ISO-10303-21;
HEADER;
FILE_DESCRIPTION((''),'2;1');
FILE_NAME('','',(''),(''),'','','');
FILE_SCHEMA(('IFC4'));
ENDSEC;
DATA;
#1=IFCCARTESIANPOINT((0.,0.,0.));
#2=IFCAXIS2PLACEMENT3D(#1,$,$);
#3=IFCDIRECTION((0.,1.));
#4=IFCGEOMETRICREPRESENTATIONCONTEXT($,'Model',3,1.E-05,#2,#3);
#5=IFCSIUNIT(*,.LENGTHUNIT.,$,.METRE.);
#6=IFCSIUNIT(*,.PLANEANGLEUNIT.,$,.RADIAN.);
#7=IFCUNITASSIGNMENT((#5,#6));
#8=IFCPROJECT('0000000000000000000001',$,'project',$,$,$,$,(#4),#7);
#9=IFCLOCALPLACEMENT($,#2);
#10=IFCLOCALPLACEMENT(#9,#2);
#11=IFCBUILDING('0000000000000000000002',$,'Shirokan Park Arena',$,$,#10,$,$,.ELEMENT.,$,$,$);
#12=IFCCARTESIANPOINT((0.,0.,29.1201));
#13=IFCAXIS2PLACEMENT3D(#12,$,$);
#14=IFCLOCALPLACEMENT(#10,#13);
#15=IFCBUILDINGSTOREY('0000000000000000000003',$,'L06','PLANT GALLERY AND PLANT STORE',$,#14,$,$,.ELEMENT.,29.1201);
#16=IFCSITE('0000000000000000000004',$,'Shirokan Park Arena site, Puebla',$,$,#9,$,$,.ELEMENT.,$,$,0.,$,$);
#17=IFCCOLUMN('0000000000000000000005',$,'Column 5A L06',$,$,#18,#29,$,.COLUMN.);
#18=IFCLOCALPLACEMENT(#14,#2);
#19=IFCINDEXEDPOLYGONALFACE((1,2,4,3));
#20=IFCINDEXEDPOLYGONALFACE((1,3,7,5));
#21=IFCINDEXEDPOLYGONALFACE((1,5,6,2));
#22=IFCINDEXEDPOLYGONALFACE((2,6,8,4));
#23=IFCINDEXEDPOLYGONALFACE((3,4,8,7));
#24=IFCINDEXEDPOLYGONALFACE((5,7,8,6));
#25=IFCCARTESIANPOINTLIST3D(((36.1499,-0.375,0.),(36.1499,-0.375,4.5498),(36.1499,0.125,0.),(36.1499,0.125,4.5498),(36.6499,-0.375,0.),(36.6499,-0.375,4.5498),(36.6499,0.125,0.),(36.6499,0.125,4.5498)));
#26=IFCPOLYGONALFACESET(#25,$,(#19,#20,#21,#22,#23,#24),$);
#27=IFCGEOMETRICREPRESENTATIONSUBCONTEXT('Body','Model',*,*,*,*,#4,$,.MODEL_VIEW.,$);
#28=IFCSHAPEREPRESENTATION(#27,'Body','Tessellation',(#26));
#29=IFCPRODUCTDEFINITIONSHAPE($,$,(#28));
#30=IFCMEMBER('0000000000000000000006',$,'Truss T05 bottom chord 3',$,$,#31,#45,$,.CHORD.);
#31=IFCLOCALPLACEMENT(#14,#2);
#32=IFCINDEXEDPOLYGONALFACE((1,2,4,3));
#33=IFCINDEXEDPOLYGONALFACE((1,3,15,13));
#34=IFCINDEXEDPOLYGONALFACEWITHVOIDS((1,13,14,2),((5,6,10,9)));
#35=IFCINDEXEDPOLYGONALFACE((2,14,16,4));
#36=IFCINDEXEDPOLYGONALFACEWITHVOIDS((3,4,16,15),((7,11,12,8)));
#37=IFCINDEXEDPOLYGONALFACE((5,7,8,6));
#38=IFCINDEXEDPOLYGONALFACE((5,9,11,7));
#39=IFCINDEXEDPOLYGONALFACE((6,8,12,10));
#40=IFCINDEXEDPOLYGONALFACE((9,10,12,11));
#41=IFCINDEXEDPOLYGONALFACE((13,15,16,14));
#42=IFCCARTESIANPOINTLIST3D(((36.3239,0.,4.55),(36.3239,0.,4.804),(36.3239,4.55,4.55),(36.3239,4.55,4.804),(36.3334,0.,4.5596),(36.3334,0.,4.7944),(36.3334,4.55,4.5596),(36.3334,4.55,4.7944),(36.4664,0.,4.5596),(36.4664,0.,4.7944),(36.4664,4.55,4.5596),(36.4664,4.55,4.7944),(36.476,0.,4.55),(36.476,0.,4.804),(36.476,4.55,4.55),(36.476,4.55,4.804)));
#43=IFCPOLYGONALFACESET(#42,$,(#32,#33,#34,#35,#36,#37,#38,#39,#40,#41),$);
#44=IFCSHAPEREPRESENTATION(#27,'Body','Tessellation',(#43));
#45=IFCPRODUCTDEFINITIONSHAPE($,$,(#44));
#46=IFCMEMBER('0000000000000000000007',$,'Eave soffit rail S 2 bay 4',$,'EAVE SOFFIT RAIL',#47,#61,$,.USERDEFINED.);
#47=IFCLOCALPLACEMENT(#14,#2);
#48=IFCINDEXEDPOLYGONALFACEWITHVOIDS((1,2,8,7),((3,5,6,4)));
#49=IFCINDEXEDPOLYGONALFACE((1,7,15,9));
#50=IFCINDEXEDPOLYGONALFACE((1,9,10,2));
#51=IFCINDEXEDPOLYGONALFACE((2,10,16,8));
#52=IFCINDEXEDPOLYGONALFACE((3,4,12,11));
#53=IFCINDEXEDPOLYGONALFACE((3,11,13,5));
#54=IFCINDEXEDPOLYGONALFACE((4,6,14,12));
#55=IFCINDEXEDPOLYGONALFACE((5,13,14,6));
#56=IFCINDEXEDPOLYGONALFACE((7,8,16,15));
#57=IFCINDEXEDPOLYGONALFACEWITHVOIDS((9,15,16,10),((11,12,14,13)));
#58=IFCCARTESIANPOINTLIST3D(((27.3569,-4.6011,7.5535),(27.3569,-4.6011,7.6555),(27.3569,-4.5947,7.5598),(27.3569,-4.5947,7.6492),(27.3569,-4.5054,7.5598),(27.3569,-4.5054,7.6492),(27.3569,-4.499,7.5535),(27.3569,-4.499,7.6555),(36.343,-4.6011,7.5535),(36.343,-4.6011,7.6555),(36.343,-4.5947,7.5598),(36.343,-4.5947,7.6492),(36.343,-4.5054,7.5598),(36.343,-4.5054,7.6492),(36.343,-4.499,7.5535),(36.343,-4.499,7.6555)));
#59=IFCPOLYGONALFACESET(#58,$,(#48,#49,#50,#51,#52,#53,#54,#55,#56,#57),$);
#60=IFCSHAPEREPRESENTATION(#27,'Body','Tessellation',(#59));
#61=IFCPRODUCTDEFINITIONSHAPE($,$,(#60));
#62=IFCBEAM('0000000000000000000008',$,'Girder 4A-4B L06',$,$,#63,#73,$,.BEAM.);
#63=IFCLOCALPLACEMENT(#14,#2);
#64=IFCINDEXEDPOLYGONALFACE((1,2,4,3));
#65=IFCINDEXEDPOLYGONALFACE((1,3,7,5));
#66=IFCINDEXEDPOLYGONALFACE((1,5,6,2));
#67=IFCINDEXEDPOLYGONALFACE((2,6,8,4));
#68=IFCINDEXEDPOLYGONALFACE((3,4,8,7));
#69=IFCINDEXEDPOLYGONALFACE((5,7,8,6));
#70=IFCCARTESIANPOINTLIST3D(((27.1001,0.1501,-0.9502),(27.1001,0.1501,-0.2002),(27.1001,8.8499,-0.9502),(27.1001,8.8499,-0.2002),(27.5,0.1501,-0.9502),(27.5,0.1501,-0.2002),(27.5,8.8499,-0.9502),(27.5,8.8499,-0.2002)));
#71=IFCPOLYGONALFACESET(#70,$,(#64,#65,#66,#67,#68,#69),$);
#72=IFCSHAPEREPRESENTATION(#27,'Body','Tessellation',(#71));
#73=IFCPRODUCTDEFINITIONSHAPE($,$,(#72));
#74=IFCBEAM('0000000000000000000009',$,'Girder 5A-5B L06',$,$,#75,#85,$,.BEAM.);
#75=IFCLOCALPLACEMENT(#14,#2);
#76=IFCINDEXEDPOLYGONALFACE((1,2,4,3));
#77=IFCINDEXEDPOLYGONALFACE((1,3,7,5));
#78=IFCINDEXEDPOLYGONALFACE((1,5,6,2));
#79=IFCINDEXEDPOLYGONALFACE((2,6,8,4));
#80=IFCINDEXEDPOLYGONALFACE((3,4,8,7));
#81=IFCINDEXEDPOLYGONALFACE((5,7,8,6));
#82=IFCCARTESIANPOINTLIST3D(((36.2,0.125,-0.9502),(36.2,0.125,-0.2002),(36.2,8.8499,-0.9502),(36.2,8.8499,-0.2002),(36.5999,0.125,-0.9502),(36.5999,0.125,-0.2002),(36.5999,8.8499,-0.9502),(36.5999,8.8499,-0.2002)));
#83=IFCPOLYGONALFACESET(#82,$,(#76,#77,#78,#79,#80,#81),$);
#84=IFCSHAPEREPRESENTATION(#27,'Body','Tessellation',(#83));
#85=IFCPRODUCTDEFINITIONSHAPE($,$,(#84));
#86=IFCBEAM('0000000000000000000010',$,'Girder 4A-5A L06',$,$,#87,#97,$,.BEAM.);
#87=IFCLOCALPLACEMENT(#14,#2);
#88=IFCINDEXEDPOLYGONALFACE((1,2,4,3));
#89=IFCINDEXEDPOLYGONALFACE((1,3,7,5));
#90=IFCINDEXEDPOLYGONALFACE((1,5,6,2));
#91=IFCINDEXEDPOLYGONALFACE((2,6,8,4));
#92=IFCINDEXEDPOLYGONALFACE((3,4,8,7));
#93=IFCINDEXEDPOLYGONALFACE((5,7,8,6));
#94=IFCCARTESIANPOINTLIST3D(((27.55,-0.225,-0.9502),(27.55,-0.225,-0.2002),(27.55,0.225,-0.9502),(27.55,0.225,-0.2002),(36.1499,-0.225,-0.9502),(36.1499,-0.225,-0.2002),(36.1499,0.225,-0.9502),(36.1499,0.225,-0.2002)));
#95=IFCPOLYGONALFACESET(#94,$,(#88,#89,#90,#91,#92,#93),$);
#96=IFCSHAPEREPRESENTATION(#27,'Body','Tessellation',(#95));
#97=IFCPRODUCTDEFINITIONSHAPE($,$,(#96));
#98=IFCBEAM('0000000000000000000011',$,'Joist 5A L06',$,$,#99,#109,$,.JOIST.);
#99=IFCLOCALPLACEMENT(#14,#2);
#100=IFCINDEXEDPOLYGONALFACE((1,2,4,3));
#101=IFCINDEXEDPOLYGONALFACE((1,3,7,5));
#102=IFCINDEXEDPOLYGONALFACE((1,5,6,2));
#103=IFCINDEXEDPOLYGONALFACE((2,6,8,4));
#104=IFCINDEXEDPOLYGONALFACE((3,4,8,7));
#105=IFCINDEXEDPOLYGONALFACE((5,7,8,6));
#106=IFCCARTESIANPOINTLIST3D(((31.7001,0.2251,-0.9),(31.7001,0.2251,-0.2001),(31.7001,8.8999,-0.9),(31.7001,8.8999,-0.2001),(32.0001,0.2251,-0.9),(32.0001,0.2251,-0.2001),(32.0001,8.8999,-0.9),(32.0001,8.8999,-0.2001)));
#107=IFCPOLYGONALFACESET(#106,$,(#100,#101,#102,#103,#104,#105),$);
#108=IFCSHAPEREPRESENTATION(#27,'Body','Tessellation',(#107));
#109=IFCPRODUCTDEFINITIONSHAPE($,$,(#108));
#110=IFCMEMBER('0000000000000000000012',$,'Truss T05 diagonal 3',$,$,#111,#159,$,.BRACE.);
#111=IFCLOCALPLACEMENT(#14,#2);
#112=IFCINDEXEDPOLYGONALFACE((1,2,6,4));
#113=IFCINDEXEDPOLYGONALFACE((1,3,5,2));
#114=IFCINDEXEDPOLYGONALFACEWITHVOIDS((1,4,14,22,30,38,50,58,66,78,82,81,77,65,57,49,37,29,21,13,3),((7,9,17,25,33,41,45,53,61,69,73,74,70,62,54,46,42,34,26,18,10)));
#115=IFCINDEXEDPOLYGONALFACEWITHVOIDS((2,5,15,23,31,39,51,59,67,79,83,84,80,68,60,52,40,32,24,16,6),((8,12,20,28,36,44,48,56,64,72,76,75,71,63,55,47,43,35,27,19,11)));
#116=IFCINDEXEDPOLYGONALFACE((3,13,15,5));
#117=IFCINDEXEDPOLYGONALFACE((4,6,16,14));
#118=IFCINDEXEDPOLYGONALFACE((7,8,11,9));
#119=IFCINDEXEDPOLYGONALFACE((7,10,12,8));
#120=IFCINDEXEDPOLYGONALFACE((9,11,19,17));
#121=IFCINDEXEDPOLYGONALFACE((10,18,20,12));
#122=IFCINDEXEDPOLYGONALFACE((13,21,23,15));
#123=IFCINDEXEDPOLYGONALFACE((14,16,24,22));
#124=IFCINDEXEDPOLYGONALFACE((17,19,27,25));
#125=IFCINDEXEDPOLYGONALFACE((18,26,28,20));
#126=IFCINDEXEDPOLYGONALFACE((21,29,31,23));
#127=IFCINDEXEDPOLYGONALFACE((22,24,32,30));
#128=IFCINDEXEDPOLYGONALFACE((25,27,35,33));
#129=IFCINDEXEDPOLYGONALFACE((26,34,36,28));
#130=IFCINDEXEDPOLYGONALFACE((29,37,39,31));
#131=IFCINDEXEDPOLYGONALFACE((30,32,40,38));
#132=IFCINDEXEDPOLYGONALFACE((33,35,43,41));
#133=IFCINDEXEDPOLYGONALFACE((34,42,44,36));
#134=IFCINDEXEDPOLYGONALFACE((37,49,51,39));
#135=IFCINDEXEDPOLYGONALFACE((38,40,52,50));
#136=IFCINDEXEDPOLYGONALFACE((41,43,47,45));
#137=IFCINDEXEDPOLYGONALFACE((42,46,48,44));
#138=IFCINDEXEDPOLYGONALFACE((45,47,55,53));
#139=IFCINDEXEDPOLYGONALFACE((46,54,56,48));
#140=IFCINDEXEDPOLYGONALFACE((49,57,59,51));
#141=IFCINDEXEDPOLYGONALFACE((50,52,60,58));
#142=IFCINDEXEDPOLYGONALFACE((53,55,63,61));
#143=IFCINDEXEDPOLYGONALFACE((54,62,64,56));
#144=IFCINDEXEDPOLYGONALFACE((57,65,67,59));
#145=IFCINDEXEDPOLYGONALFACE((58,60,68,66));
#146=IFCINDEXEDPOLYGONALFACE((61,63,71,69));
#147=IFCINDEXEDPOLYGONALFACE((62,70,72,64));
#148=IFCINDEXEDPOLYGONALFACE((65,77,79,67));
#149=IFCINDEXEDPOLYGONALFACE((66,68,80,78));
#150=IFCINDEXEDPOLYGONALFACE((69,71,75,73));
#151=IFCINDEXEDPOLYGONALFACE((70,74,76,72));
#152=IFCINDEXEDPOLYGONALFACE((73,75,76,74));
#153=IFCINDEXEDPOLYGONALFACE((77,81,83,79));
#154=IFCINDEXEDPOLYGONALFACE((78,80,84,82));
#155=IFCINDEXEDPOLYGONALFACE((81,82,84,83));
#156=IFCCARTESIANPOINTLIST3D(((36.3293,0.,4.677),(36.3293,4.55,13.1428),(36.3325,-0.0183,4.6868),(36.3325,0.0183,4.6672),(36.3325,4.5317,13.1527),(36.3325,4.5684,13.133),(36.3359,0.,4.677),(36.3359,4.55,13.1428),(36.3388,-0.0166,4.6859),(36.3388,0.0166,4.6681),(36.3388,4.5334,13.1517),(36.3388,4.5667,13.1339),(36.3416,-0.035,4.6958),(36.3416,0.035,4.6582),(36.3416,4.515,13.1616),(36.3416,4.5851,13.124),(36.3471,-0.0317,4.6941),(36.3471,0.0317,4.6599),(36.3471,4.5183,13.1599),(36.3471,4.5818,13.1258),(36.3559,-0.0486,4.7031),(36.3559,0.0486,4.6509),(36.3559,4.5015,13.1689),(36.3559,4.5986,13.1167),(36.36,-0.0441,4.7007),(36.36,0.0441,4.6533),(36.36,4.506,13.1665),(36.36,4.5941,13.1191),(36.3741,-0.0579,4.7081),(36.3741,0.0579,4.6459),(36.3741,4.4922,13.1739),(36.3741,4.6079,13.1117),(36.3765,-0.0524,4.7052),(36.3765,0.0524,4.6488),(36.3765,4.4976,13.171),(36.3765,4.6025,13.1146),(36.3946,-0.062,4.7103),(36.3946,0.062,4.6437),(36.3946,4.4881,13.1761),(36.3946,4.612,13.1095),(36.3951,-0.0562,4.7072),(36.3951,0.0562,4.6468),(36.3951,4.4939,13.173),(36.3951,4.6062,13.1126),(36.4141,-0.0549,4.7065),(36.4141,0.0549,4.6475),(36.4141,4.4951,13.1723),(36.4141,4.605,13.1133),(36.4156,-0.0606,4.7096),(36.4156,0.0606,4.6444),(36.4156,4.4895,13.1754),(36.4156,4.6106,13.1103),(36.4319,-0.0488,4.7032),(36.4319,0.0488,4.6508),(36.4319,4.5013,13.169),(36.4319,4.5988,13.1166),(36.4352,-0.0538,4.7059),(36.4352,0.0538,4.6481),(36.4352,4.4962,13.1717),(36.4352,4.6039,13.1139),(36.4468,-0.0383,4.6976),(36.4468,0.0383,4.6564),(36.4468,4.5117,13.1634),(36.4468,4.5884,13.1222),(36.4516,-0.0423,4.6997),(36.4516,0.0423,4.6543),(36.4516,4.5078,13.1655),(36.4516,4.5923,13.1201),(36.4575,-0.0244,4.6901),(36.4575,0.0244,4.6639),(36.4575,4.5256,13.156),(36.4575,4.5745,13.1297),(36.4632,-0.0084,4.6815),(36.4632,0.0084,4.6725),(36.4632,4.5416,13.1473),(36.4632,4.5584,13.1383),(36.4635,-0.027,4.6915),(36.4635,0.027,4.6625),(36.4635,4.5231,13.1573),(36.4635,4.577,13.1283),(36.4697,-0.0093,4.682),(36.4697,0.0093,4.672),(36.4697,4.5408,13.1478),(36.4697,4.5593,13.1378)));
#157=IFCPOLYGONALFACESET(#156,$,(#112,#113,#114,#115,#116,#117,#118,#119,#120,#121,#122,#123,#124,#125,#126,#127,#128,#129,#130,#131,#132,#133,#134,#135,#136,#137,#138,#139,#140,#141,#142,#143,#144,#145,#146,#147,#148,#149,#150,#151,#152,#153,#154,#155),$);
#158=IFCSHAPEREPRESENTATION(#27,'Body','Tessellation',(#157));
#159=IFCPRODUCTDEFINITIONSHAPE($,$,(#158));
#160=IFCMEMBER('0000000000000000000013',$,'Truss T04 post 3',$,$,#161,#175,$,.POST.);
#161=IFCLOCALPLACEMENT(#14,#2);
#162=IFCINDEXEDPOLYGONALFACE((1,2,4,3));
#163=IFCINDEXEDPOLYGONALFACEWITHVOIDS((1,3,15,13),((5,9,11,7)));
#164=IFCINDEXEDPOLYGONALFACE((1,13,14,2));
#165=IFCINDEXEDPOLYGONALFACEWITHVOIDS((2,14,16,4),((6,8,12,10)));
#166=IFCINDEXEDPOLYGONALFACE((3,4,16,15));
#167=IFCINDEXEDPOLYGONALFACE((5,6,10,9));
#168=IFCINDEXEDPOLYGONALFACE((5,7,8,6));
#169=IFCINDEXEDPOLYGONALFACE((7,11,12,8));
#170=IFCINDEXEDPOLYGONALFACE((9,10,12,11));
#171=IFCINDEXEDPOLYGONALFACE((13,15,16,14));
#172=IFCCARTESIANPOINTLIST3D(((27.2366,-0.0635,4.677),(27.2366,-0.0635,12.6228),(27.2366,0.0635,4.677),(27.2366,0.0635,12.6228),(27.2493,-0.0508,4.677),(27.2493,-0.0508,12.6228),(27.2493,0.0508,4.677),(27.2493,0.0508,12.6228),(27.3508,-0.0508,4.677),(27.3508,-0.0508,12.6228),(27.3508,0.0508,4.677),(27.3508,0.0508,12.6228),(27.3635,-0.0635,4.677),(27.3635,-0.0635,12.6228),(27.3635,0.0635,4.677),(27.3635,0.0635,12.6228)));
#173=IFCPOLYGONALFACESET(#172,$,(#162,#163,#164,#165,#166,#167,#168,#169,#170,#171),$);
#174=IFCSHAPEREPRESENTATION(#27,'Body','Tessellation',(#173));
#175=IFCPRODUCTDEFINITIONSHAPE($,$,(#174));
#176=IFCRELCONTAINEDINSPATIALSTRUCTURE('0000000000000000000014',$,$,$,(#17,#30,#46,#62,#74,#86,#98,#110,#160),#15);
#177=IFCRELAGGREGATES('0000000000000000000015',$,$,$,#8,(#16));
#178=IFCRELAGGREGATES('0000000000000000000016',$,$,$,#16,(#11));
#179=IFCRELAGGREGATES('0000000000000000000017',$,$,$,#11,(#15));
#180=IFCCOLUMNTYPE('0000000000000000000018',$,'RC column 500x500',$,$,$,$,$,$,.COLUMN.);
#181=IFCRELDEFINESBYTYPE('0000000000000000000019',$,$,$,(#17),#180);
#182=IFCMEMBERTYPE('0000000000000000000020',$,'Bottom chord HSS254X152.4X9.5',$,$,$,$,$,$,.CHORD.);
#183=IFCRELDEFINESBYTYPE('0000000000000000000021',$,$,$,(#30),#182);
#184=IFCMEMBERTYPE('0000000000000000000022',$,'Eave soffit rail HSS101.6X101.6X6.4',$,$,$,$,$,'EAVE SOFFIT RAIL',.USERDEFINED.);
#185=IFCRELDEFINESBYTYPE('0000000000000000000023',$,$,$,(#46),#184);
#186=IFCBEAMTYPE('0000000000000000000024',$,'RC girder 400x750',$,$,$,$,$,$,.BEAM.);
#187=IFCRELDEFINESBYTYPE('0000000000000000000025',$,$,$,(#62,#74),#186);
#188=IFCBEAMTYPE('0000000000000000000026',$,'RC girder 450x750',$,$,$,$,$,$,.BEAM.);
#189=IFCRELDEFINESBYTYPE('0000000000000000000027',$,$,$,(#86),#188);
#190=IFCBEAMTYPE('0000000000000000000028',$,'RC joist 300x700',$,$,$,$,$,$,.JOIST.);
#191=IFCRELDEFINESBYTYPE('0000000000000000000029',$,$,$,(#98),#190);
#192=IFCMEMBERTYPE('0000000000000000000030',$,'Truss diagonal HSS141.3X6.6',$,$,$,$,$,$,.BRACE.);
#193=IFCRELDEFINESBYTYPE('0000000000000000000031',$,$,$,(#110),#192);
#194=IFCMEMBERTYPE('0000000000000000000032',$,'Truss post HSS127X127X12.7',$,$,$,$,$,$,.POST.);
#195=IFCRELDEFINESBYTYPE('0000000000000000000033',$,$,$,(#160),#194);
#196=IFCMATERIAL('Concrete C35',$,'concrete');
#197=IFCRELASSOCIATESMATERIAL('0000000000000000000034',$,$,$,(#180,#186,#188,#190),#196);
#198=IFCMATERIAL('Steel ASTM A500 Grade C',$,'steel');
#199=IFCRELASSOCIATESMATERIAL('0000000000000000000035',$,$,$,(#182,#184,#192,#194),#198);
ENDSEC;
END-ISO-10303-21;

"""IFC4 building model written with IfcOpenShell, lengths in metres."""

from ifc_helpers import new_model, si_unit, direction, frame, origin, origin_2d, place, context, subcontext, project, spatial, rectangle, hollow_rectangle, hollow_circle, extrude, material, material_profile, profile_set, type_object, element, save


model = new_model("IFC4")

# Units and contexts
model_context = context("Model", 3, precision=1e-05, world=origin(), true_north=direction((0.0, 1.0)))
body_context = subcontext(model_context, "Body", "Model", "MODEL_VIEW")
ifc_project = project(units=[si_unit("LENGTHUNIT", "METRE"), si_unit("PLANEANGLEUNIT", "RADIAN")], contexts=[model_context])

# Site, building, storey
site_placement = place(None, origin())
site = spatial("IfcSite", under=ifc_project, at=site_placement, Name="Shirokan Park Arena site, Puebla", CompositionType="ELEMENT", RefElevation=0.0)
building_placement = place(site_placement, origin())
building = spatial("IfcBuilding", under=site, at=building_placement, Name="Shirokan Park Arena", CompositionType="ELEMENT")
storey_placement = place(building_placement, frame((0.0, 0.0, 29.1201)))
storey = spatial("IfcBuildingStorey", under=building, at=storey_placement, Name="L06", Description="PLANT GALLERY AND PLANT STORE", CompositionType="ELEMENT", Elevation=29.1201)

# Column
ifc_material_1 = material(Name="Concrete C35", Category="concrete")
ifc_material_profile_1 = material_profile(ifc_material_1, rectangle(XDim=0.5, YDim=0.5, at=origin_2d()), Name="500x500")
ifc_profile_set_1 = profile_set([ifc_material_profile_1], Name="Concrete C35")
column_type = type_object("IfcColumnType", Name="RC column 500x500", PredefinedType="COLUMN", material=ifc_profile_set_1)
column_placement = place(storey_placement, frame((36.3999, -0.125, 0.0), z_axis=(0.0, 0.0, 1.0), x_axis=(1.0, 0.0, 0.0)))
element("IfcColumn", 1, at=column_placement, inside=storey, type_object=column_type, Name="Column 5A L06", PredefinedType="COLUMN", context=body_context, shape_type="SweptSolid", body=[
    extrude(rectangle(XDim=0.5, YDim=0.5, at=origin_2d()), origin(), (0.0, 0.0, 1.0), 4.5498),
])

# Members
ifc_material_2 = material(Name="Steel ASTM A500 Grade C", Category="steel")
ifc_material_profile_2 = material_profile(ifc_material_2, hollow_rectangle(XDim=0.1521, YDim=0.2539, WallThickness=0.0095, at=origin_2d()), Name="HSS254X152.4X9.5")
ifc_profile_set_2 = profile_set([ifc_material_profile_2], Name="Steel ASTM A500 Grade C")
member_type_1 = type_object("IfcMemberType", Name="Bottom chord HSS254X152.4X9.5", PredefinedType="CHORD", material=ifc_profile_set_2)
member_1_placement = place(storey_placement, frame((36.3999, 0.0, 4.677), z_axis=(0.0, 1.0, 0.0), x_axis=(-1.0, 0.0, 0.0)))
element("IfcMember", 2, at=member_1_placement, inside=storey, type_object=member_type_1, Name="Truss T05 bottom chord 3", PredefinedType="CHORD", context=body_context, shape_type="SweptSolid", body=[
    extrude(hollow_rectangle(XDim=0.1521, YDim=0.2539, WallThickness=0.0095, at=origin_2d()), origin(), (0.0, 0.0, 1.0), 4.55),
])
ifc_material_profile_3 = material_profile(ifc_material_2, hollow_rectangle(XDim=0.1021, YDim=0.1021, WallThickness=0.0063, at=origin_2d()), Name="HSS101.6X101.6X6.4")
ifc_profile_set_3 = profile_set([ifc_material_profile_3], Name="Steel ASTM A500 Grade C")
member_type_2 = type_object("IfcMemberType", Name="Eave soffit rail HSS101.6X101.6X6.4", ElementType="EAVE SOFFIT RAIL", PredefinedType="USERDEFINED", material=ifc_profile_set_3)
member_2_placement = place(storey_placement, frame((27.3569, -4.55, 7.6045), z_axis=(1.0, 0.0, 0.0), x_axis=(0.0, 1.0, 0.0)))
element("IfcMember", 3, at=member_2_placement, inside=storey, type_object=member_type_2, Name="Eave soffit rail S 2 bay 4", ObjectType="EAVE SOFFIT RAIL", PredefinedType="USERDEFINED", context=body_context, shape_type="SweptSolid", body=[
    extrude(hollow_rectangle(XDim=0.1021, YDim=0.1021, WallThickness=0.0063, at=origin_2d()), origin(), (0.0, 0.0, 1.0), 8.9861),
])

# Beams
ifc_material_profile_4 = material_profile(ifc_material_1, rectangle(XDim=0.3999, YDim=0.75, at=origin_2d()), Name="400x750")
ifc_profile_set_4 = profile_set([ifc_material_profile_4], Name="Concrete C35")
beam_type_1 = type_object("IfcBeamType", Name="RC girder 400x750", PredefinedType="BEAM", material=ifc_profile_set_4)
beam_1_placement = place(storey_placement, frame((27.3, 0.1501, -0.5752), z_axis=(0.0, 1.0, 0.0), x_axis=(-1.0, 0.0, 0.0)))
element("IfcBeam", 4, at=beam_1_placement, inside=storey, type_object=beam_type_1, Name="Girder 4A-4B L06", PredefinedType="BEAM", context=body_context, shape_type="SweptSolid", body=[
    extrude(rectangle(XDim=0.3999, YDim=0.75, at=origin_2d()), origin(), (0.0, 0.0, 1.0), 8.6997),
])
beam_2_placement = place(storey_placement, frame((36.3999, 0.125, -0.5752), z_axis=(0.0, 1.0, 0.0), x_axis=(-1.0, 0.0, 0.0)))
element("IfcBeam", 5, at=beam_2_placement, inside=storey, type_object=beam_type_1, Name="Girder 5A-5B L06", PredefinedType="BEAM", context=body_context, shape_type="SweptSolid", body=[
    extrude(rectangle(XDim=0.3999, YDim=0.75, at=origin_2d()), origin(), (0.0, 0.0, 1.0), 8.7249),
])
ifc_material_profile_5 = material_profile(ifc_material_1, rectangle(XDim=0.45, YDim=0.75, at=origin_2d()), Name="450x750")
ifc_profile_set_5 = profile_set([ifc_material_profile_5], Name="Concrete C35")
beam_type_2 = type_object("IfcBeamType", Name="RC girder 450x750", PredefinedType="BEAM", material=ifc_profile_set_5)
beam_3_placement = place(storey_placement, frame((27.55, 0.0, -0.5752), z_axis=(1.0, 0.0, 0.0), x_axis=(0.0, 1.0, 0.0)))
element("IfcBeam", 6, at=beam_3_placement, inside=storey, type_object=beam_type_2, Name="Girder 4A-5A L06", PredefinedType="BEAM", context=body_context, shape_type="SweptSolid", body=[
    extrude(rectangle(XDim=0.45, YDim=0.75, at=origin_2d()), origin(), (0.0, 0.0, 1.0), 8.5999),
])
ifc_material_profile_6 = material_profile(ifc_material_1, rectangle(XDim=0.3, YDim=0.7, at=origin_2d()), Name="300x700")
ifc_profile_set_6 = profile_set([ifc_material_profile_6], Name="Concrete C35")
beam_type_3 = type_object("IfcBeamType", Name="RC joist 300x700", PredefinedType="JOIST", material=ifc_profile_set_6)
beam_4_placement = place(storey_placement, frame((31.8501, 0.2251, -0.55), z_axis=(0.0, 1.0, 0.0), x_axis=(-1.0, 0.0, 0.0)))
element("IfcBeam", 7, at=beam_4_placement, inside=storey, type_object=beam_type_3, Name="Joist 5A L06", PredefinedType="JOIST", context=body_context, shape_type="SweptSolid", body=[
    extrude(rectangle(XDim=0.3, YDim=0.7, at=origin_2d()), origin(), (0.0, 0.0, 1.0), 8.6748),
])

# Members
ifc_material_profile_7 = material_profile(ifc_material_2, hollow_circle(Radius=0.0706, WallThickness=0.0066, at=origin_2d()), Name="HSS141.3X6.6")
ifc_profile_set_7 = profile_set([ifc_material_profile_7], Name="Steel ASTM A500 Grade C")
member_type_3 = type_object("IfcMemberType", Name="Truss diagonal HSS141.3X6.6", PredefinedType="BRACE", material=ifc_profile_set_7)
member_3_placement = place(storey_placement, frame((36.3999, 0.0, 4.677), z_axis=(0.0, 0.473417, 0.880839), x_axis=(-1.0, 0.0, 0.0)))
element("IfcMember", 8, at=member_3_placement, inside=storey, type_object=member_type_3, Name="Truss T05 diagonal 3", PredefinedType="BRACE", context=body_context, shape_type="SweptSolid", body=[
    extrude(hollow_circle(Radius=0.0706, WallThickness=0.0066, at=origin_2d()), origin(), (0.0, 0.0, 1.0), 9.6111),
])
ifc_material_profile_8 = material_profile(ifc_material_2, hollow_rectangle(XDim=0.127, YDim=0.127, WallThickness=0.0127, at=origin_2d()), Name="HSS127X127X12.7")
ifc_profile_set_8 = profile_set([ifc_material_profile_8], Name="Steel ASTM A500 Grade C")
member_type_4 = type_object("IfcMemberType", Name="Truss post HSS127X127X12.7", PredefinedType="POST", material=ifc_profile_set_8)
for number, where, z_axis, x_axis, name in (
    (9, (27.3, 0.0, 4.677), (0.0, 0.0, 1.0), (1.0, 0.0, 0.0), "Truss T04 post 3"),
):
    element("IfcMember", number, at=place(storey_placement, frame(where, z_axis=z_axis, x_axis=x_axis)), inside=storey, type_object=member_type_4, Name=name, PredefinedType="POST", context=body_context, shape_type="SweptSolid", body=[
        extrude(hollow_rectangle(XDim=0.127, YDim=0.127, WallThickness=0.0127, at=origin_2d()), origin(), (0.0, 0.0, 1.0), 7.9458),
    ])

save(model, "model.ifc")
